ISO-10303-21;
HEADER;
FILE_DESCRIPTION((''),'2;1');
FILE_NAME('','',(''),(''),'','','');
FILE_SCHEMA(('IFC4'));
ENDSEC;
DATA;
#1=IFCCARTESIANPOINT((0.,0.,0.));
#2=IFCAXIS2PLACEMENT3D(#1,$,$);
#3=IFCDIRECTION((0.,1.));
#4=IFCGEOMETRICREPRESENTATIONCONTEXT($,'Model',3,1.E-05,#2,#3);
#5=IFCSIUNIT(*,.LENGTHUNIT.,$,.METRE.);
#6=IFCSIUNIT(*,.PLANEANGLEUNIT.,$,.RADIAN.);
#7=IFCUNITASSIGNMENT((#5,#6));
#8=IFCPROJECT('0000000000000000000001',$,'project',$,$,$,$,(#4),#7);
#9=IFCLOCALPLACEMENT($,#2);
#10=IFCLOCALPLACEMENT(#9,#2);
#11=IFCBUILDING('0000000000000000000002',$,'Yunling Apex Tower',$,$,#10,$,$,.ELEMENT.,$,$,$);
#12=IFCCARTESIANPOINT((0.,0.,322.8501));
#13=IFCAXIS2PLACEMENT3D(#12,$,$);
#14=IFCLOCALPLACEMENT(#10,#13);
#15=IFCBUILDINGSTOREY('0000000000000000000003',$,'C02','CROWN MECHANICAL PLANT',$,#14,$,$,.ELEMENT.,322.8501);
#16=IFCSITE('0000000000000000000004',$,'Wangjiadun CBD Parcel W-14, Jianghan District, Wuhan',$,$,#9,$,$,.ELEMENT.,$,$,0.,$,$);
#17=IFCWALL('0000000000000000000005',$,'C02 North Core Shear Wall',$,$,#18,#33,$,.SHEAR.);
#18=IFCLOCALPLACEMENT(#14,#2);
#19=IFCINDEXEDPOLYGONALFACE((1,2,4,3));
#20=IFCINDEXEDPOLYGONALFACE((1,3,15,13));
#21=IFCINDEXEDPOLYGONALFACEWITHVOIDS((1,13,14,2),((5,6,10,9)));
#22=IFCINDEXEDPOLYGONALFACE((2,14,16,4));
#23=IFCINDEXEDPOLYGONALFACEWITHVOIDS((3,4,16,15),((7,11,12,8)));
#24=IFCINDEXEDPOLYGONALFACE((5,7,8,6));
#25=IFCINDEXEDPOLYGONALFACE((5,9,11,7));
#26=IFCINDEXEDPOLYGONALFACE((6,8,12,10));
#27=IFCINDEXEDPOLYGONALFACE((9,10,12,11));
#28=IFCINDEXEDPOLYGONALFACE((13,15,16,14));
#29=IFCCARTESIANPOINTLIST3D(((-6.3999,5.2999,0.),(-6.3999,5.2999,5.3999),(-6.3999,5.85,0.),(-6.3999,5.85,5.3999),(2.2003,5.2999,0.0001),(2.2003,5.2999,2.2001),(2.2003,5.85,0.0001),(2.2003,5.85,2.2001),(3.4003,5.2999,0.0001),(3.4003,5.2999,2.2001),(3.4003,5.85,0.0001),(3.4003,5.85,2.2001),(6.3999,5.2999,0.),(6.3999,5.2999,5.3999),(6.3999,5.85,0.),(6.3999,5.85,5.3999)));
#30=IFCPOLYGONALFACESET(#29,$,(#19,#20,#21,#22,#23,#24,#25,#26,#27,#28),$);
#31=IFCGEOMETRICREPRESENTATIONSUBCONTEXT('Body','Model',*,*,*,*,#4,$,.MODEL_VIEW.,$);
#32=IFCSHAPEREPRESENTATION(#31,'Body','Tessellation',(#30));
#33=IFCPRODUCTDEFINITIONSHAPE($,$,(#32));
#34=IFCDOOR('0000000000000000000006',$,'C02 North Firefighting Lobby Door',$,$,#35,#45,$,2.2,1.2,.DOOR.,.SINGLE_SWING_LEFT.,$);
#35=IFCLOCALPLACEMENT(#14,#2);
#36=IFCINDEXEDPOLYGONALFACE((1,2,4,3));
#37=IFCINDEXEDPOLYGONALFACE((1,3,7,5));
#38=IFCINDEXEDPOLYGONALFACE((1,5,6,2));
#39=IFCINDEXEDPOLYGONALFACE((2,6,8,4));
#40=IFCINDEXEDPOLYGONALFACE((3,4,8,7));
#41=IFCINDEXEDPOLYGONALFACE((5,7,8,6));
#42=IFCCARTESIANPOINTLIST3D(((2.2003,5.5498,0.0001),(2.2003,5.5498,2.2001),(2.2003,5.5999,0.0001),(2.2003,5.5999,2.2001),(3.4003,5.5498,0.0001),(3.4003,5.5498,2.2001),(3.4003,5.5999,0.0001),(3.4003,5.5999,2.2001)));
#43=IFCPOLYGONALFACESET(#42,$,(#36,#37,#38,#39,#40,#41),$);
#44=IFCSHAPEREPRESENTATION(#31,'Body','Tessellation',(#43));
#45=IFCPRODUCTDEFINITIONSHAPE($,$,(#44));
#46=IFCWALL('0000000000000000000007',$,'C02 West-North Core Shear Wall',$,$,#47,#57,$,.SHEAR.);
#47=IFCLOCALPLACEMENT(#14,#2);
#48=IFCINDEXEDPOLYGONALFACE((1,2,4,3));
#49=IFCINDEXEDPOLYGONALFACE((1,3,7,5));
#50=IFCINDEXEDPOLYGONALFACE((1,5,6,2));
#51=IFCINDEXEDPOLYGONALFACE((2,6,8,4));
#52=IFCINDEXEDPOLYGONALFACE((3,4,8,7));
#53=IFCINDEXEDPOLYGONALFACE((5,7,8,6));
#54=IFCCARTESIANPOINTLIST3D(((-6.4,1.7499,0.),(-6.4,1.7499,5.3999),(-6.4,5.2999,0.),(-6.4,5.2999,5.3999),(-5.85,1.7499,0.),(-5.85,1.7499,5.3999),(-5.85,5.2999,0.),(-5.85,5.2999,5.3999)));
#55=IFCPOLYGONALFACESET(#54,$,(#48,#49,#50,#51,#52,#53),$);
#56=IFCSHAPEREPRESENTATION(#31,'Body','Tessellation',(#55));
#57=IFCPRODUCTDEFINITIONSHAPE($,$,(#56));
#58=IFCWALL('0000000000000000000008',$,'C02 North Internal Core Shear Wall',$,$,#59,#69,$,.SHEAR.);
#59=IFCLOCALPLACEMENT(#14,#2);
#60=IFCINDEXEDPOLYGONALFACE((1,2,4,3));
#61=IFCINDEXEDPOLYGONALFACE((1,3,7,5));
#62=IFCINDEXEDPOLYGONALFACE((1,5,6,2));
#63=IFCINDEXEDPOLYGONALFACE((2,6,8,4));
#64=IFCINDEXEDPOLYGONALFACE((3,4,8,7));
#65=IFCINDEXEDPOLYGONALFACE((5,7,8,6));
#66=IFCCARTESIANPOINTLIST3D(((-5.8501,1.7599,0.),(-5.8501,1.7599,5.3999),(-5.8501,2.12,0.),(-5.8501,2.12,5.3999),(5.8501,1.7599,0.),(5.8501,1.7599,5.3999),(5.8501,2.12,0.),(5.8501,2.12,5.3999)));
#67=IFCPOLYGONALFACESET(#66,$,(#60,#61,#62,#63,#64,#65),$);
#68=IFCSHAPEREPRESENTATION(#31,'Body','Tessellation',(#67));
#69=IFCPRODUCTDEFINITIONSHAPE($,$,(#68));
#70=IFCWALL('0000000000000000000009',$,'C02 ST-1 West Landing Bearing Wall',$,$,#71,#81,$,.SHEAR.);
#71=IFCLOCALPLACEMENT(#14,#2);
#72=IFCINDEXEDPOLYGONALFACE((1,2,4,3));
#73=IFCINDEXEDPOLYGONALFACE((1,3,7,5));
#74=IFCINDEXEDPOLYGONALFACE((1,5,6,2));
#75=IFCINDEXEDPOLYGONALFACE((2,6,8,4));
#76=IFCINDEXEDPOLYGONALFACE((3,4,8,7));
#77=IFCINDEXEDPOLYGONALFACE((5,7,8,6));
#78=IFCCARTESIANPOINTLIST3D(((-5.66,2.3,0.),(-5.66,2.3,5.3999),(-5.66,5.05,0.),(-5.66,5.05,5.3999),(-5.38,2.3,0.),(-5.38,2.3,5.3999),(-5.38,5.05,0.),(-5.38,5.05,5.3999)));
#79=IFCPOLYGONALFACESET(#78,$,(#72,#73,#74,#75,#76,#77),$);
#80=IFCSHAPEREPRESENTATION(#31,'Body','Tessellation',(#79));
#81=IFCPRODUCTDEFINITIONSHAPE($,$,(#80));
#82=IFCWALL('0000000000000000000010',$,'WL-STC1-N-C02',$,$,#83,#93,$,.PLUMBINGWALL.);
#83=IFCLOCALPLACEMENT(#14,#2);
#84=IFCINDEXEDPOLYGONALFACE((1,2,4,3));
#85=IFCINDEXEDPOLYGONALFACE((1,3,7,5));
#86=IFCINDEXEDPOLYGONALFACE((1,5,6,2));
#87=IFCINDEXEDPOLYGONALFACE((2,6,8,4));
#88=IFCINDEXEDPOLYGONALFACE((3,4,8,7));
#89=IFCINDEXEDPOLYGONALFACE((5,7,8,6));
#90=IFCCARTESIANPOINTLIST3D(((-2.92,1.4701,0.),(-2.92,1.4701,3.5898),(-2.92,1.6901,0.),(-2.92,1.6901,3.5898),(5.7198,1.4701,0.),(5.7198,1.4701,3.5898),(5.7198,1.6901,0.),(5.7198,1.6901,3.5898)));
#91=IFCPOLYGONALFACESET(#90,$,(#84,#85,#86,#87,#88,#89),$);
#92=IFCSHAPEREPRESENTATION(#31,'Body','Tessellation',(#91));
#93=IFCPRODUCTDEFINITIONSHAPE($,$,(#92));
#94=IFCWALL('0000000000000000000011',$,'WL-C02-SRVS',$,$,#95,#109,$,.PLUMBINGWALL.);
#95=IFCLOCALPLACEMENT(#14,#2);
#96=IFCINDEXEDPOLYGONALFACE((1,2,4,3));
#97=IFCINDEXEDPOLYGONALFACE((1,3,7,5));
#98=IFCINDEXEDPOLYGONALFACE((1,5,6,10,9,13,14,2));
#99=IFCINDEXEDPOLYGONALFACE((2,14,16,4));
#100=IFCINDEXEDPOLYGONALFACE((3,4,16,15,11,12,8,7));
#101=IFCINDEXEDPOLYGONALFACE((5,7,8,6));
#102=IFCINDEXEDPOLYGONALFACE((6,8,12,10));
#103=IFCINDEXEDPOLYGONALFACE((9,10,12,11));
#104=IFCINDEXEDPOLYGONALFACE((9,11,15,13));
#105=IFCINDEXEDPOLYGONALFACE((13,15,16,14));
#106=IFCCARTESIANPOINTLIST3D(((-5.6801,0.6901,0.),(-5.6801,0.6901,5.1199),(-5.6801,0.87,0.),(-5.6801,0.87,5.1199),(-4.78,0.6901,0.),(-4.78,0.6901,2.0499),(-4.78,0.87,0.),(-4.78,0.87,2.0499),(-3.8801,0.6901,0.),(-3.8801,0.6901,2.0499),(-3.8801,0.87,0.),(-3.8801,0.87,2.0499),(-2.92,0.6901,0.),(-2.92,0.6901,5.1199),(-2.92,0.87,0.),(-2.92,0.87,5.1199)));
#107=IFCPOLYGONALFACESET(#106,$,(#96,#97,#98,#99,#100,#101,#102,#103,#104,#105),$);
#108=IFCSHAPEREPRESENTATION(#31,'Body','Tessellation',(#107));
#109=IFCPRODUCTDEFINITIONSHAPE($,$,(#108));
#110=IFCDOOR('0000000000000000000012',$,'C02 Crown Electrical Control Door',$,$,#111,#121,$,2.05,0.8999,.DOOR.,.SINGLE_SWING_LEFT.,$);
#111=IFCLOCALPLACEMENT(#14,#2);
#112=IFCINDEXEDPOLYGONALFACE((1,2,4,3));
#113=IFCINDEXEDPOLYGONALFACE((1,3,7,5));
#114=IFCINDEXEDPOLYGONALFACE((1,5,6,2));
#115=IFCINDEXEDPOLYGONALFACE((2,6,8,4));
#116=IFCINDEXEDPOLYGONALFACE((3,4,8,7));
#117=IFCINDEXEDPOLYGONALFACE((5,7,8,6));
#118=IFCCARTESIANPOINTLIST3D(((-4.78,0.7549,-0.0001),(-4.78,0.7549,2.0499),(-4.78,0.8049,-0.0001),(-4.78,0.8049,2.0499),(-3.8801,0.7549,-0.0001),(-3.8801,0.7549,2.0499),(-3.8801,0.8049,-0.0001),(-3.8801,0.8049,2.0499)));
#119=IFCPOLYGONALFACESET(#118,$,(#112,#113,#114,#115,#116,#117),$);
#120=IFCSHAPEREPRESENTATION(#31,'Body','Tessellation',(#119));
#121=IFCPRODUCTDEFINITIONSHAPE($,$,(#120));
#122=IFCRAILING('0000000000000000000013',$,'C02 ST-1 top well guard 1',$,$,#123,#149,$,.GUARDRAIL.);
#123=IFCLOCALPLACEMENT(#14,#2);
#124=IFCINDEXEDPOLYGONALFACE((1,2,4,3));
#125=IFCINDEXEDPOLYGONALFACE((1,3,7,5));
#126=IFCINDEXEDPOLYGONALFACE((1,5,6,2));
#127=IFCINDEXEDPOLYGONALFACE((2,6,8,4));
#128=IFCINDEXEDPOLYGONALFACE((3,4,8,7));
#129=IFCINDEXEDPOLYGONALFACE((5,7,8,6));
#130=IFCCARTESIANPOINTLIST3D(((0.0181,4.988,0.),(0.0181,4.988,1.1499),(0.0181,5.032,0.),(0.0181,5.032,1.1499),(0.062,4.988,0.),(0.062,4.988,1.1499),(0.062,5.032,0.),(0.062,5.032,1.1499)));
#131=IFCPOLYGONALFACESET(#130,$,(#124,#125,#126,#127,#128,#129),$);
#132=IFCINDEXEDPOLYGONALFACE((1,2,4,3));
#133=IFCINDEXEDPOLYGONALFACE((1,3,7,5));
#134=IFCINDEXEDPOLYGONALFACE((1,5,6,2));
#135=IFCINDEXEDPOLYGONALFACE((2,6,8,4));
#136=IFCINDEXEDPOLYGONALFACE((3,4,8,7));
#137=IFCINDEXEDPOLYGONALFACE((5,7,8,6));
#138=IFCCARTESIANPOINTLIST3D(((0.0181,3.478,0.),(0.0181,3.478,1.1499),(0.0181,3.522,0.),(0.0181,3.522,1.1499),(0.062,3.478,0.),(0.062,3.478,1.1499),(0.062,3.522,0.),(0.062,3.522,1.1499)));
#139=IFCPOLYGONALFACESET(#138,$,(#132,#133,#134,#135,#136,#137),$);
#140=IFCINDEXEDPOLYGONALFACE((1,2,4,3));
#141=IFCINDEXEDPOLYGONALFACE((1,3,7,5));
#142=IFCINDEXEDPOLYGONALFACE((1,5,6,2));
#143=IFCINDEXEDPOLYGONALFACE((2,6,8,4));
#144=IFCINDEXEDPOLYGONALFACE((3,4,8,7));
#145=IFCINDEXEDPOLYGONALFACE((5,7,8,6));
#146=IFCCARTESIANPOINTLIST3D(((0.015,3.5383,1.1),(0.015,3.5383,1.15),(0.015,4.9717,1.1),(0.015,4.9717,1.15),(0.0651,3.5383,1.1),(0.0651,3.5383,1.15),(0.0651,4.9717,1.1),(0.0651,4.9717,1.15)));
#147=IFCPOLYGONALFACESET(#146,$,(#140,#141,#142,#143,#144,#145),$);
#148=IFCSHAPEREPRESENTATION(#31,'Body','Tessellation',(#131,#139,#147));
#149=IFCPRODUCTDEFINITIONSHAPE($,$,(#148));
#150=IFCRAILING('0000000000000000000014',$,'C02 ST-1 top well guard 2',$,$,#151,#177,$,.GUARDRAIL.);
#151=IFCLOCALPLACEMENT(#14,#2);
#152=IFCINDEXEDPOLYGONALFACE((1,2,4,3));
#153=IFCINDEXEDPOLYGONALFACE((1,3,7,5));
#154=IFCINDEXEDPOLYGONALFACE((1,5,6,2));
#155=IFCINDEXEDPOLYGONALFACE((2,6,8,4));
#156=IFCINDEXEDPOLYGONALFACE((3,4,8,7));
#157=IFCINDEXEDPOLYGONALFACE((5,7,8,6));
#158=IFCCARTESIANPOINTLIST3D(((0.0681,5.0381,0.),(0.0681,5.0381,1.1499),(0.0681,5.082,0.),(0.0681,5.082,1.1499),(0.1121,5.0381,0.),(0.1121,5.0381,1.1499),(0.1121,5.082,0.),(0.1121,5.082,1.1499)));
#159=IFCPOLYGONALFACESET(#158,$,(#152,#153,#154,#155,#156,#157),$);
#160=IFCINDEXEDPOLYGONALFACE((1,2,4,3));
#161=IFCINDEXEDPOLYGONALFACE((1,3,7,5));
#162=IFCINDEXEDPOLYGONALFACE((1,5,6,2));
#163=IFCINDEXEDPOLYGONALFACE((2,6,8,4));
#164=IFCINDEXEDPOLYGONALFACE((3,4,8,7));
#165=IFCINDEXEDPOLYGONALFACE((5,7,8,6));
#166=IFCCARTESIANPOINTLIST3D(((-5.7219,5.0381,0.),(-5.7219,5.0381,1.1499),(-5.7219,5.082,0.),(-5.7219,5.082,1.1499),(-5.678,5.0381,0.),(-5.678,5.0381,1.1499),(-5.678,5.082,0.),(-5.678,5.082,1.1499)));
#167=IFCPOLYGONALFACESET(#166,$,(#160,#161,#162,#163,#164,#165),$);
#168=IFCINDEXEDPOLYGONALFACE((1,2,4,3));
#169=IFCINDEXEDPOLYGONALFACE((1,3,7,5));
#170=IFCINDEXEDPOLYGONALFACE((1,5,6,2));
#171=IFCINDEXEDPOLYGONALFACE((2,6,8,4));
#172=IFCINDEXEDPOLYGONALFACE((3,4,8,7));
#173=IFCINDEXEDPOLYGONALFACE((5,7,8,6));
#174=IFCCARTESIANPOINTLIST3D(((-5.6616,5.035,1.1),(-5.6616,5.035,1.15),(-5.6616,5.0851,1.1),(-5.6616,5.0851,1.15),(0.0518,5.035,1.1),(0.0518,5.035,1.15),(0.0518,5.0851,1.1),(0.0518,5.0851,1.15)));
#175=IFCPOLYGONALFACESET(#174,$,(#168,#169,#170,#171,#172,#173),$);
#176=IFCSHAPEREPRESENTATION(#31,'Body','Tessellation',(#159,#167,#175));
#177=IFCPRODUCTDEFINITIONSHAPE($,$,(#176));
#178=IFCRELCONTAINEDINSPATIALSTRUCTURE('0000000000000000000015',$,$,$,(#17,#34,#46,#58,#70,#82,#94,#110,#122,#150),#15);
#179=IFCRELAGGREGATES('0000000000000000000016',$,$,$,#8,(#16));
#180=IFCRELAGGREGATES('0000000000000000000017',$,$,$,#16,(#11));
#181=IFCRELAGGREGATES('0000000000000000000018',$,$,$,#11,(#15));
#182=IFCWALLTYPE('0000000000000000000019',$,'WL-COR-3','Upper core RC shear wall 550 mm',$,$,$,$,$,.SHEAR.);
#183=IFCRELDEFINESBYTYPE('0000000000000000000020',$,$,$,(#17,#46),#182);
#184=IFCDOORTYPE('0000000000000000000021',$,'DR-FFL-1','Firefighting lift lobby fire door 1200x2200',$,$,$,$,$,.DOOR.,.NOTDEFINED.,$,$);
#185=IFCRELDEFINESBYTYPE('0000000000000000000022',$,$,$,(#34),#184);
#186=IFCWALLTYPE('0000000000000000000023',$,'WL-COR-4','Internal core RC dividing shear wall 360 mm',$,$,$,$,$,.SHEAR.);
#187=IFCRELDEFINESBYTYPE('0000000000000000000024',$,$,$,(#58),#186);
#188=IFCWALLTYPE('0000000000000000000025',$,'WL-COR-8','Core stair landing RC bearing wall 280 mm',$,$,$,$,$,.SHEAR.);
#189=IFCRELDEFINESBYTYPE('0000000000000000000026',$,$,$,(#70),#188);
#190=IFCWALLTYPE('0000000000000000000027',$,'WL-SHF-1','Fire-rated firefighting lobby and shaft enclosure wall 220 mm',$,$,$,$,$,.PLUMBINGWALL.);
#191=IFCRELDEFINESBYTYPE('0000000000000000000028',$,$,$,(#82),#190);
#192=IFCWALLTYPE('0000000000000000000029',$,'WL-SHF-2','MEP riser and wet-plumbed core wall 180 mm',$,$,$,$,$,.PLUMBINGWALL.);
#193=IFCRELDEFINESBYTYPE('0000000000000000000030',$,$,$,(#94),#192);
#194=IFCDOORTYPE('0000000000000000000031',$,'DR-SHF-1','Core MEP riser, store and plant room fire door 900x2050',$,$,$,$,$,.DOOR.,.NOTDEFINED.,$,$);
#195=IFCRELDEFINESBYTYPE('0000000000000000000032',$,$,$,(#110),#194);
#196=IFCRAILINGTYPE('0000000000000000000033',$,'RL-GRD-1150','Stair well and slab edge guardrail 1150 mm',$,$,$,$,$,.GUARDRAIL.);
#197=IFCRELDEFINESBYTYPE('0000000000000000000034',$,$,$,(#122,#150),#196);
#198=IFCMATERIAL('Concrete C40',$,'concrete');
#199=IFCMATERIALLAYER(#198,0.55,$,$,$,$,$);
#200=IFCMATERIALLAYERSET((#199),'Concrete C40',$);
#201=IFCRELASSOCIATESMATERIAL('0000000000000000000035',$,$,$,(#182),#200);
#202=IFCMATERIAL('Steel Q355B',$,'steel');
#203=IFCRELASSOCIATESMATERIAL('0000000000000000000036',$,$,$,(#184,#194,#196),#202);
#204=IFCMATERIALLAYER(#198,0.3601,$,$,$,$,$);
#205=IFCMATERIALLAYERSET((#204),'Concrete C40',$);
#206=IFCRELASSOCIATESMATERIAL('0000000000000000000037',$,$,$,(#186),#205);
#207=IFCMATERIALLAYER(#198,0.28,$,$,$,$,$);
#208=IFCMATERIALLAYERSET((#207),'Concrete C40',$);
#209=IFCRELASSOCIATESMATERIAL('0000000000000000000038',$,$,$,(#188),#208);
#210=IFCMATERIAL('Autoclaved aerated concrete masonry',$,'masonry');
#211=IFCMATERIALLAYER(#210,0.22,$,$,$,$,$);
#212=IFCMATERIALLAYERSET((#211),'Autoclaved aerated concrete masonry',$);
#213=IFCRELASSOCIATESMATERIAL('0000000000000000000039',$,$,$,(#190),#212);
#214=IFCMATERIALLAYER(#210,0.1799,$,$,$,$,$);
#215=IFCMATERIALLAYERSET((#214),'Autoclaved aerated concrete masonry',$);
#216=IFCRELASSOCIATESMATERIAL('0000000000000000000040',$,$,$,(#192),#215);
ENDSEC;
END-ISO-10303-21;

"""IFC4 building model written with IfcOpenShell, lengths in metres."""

from ifc_helpers import new_model, si_unit, direction, frame, frame_2d, origin, origin_2d, place, context, subcontext, project, spatial, rectangle, extrude, material, layer, layer_set, type_object, element, fill, save


model = new_model("IFC4")

# Units and contexts
model_context = context("Model", 3, precision=1e-05, world=origin(), true_north=direction((0.0, 1.0)))
body_context = subcontext(model_context, "Body", "Model", "MODEL_VIEW")
ifc_project = project(units=[si_unit("LENGTHUNIT", "METRE"), si_unit("PLANEANGLEUNIT", "RADIAN")], contexts=[model_context])

# Site, building, storey
site_placement = place(None, origin())
site = spatial("IfcSite", under=ifc_project, at=site_placement, Name="Wangjiadun CBD Parcel W-14, Jianghan District, Wuhan", CompositionType="ELEMENT", RefElevation=0.0)
building_placement = place(site_placement, origin())
building = spatial("IfcBuilding", under=site, at=building_placement, Name="Yunling Apex Tower", CompositionType="ELEMENT")
storey_placement = place(building_placement, frame((0.0, 0.0, 322.8501)))
storey = spatial("IfcBuildingStorey", under=building, at=storey_placement, Name="C02", Description="CROWN MECHANICAL PLANT", CompositionType="ELEMENT", Elevation=322.8501)

# Shared definitions
ifc_material_1 = material(Name="Steel Q355B", Category="steel")

# Shared definitions
ifc_material_2 = material(Name="Concrete C40", Category="concrete")

# Wall, opening, door
ifc_layer_1 = layer(ifc_material_2, 0.55)
ifc_layer_set_1 = layer_set([ifc_layer_1], Name="Concrete C40")
wall_type_1 = type_object("IfcWallType", Name="WL-COR-3", Description="Upper core RC shear wall 550 mm", PredefinedType="SHEAR", material=ifc_layer_set_1)
wall_1_placement = place(storey_placement, frame((-6.3999, 5.575, 0.0), z_axis=(0.0, 0.0, 1.0), x_axis=(1.0, 0.0, 0.0)))
wall_1 = element("IfcWall", 1, at=wall_1_placement, inside=storey, type_object=wall_type_1, Name="C02 North Core Shear Wall", PredefinedType="SHEAR", context=body_context, shape_type="SweptSolid", body=[
    extrude(rectangle(XDim=12.7998, YDim=0.55, at=frame_2d((6.3999, 0.0))), origin(), (0.0, 0.0, 1.0), 5.3999),
])
opening_1_placement = place(wall_1_placement, frame((8.6001, 0.0, 0.0)))
opening_1 = element("IfcOpeningElement", 2, at=opening_1_placement, cuts=wall_1, PredefinedType="OPENING", context=body_context, shape_type="SweptSolid", body=[
    extrude(rectangle(XDim=1.2, YDim=2.2, at=frame_2d((0.6001, 1.1001))), frame((0.0, 0.2852, 0.0), z_axis=(0.0, -1.0, 0.0), x_axis=(1.0, 0.0, 0.0)), (0.0, 0.0, 1.0), 0.5701),
])
door_type_1 = type_object("IfcDoorType", Name="DR-FFL-1", Description="Firefighting lift lobby fire door 1200x2200", OperationType="NOTDEFINED", PredefinedType="DOOR", material=ifc_material_1)
door_1_placement = place(opening_1_placement, origin())
door_1 = element("IfcDoor", 3, at=door_1_placement, inside=storey, type_object=door_type_1, Name="C02 North Firefighting Lobby Door", OperationType="SINGLE_SWING_LEFT", OverallHeight=2.2, OverallWidth=1.2, PredefinedType="DOOR", context=body_context, shape_type="SweptSolid", body=[
    extrude(rectangle(XDim=1.2, YDim=2.2, at=frame_2d((0.6001, 1.1001))), frame((0.0, 0.0249, 0.0), z_axis=(0.0, -1.0, 0.0), x_axis=(1.0, 0.0, 0.0)), (0.0, 0.0, 1.0), 0.05),
])
fill(opening_1, door_1)

# Walls
wall_2_placement = place(storey_placement, frame((-6.125, 1.75, 0.0), z_axis=(0.0, 0.0, 1.0), x_axis=(0.0, 1.0, 0.0)))
element("IfcWall", 4, at=wall_2_placement, inside=storey, type_object=wall_type_1, Name="C02 West-North Core Shear Wall", PredefinedType="SHEAR", context=body_context, shape_type="SweptSolid", body=[
    extrude(rectangle(XDim=3.55, YDim=0.55, at=frame_2d((1.7749, 0.0))), origin(), (0.0, 0.0, 1.0), 5.3999),
])
ifc_layer_2 = layer(ifc_material_2, 0.3601)
ifc_layer_set_2 = layer_set([ifc_layer_2], Name="Concrete C40")
wall_type_2 = type_object("IfcWallType", Name="WL-COR-4", Description="Internal core RC dividing shear wall 360 mm", PredefinedType="SHEAR", material=ifc_layer_set_2)
wall_3_placement = place(storey_placement, frame((-5.8501, 1.9399, 0.0), z_axis=(0.0, 0.0, 1.0), x_axis=(1.0, 0.0, 0.0)))
element("IfcWall", 5, at=wall_3_placement, inside=storey, type_object=wall_type_2, Name="C02 North Internal Core Shear Wall", PredefinedType="SHEAR", context=body_context, shape_type="SweptSolid", body=[
    extrude(rectangle(XDim=11.7002, YDim=0.3601, at=frame_2d((5.8501, 0.0))), origin(), (0.0, 0.0, 1.0), 5.3999),
])
ifc_layer_3 = layer(ifc_material_2, 0.28)
ifc_layer_set_3 = layer_set([ifc_layer_3], Name="Concrete C40")
wall_type_3 = type_object("IfcWallType", Name="WL-COR-8", Description="Core stair landing RC bearing wall 280 mm", PredefinedType="SHEAR", material=ifc_layer_set_3)
wall_4_placement = place(storey_placement, frame((-5.52, 2.3, 0.0), z_axis=(0.0, 0.0, 1.0), x_axis=(0.0, 1.0, 0.0)))
element("IfcWall", 6, at=wall_4_placement, inside=storey, type_object=wall_type_3, Name="C02 ST-1 West Landing Bearing Wall", PredefinedType="SHEAR", context=body_context, shape_type="SweptSolid", body=[
    extrude(rectangle(XDim=2.75, YDim=0.28, at=frame_2d((1.375, 0.0))), origin(), (0.0, 0.0, 1.0), 5.3999),
])
ifc_material_3 = material(Name="Autoclaved aerated concrete masonry", Category="masonry")
ifc_layer_4 = layer(ifc_material_3, 0.22)
ifc_layer_set_4 = layer_set([ifc_layer_4], Name="Autoclaved aerated concrete masonry")
wall_type_4 = type_object("IfcWallType", Name="WL-SHF-1", Description="Fire-rated firefighting lobby and shaft enclosure wall 220 mm", PredefinedType="PLUMBINGWALL", material=ifc_layer_set_4)
wall_5_placement = place(storey_placement, frame((-2.9199, 1.5801, 0.0), z_axis=(0.0, 0.0, 1.0), x_axis=(1.0, 0.0, 0.0)))
element("IfcWall", 7, at=wall_5_placement, inside=storey, type_object=wall_type_4, Name="WL-STC1-N-C02", PredefinedType="PLUMBINGWALL", context=body_context, shape_type="SweptSolid", body=[
    extrude(rectangle(XDim=8.6399, YDim=0.22, at=frame_2d((4.3198, 0.0))), origin(), (0.0, 0.0, 1.0), 3.5898),
])

# Wall, opening, door
ifc_layer_5 = layer(ifc_material_3, 0.1799)
ifc_layer_set_5 = layer_set([ifc_layer_5], Name="Autoclaved aerated concrete masonry")
wall_type_5 = type_object("IfcWallType", Name="WL-SHF-2", Description="MEP riser and wet-plumbed core wall 180 mm", PredefinedType="PLUMBINGWALL", material=ifc_layer_set_5)
wall_6_placement = place(storey_placement, frame((-5.6799, 0.78, 0.0), z_axis=(0.0, 0.0, 1.0), x_axis=(1.0, 0.0, 0.0)))
wall_6 = element("IfcWall", 8, at=wall_6_placement, inside=storey, type_object=wall_type_5, Name="WL-C02-SRVS", PredefinedType="PLUMBINGWALL", context=body_context, shape_type="SweptSolid", body=[
    extrude(rectangle(XDim=2.76, YDim=0.1799, at=frame_2d((1.3799, 0.0))), origin(), (0.0, 0.0, 1.0), 5.1199),
])
opening_2_placement = place(wall_6_placement, frame((0.8999, 0.0, 0.0)))
opening_2 = element("IfcOpeningElement", 9, at=opening_2_placement, cuts=wall_6, PredefinedType="OPENING", context=body_context, shape_type="SweptSolid", body=[
    extrude(rectangle(XDim=0.8999, YDim=2.05, at=frame_2d((0.45, 1.0249))), frame((0.0, 0.1001, 0.0), z_axis=(0.0, -1.0, 0.0), x_axis=(1.0, 0.0, 0.0)), (0.0, 0.0, 1.0), 0.2),
])
door_type_2 = type_object("IfcDoorType", Name="DR-SHF-1", Description="Core MEP riser, store and plant room fire door 900x2050", OperationType="NOTDEFINED", PredefinedType="DOOR", material=ifc_material_1)
door_2_placement = place(opening_2_placement, origin())
door_2 = element("IfcDoor", 10, at=door_2_placement, inside=storey, type_object=door_type_2, Name="C02 Crown Electrical Control Door", OperationType="SINGLE_SWING_LEFT", OverallHeight=2.05, OverallWidth=0.8999, PredefinedType="DOOR", context=body_context, shape_type="SweptSolid", body=[
    extrude(rectangle(XDim=0.8999, YDim=2.05, at=frame_2d((0.45, 1.0249))), frame((0.0, 0.0249, 0.0), z_axis=(0.0, -1.0, 0.0), x_axis=(1.0, 0.0, 0.0)), (0.0, 0.0, 1.0), 0.05),
])
fill(opening_2, door_2)

# Railings
railing_type = type_object("IfcRailingType", Name="RL-GRD-1150", Description="Stair well and slab edge guardrail 1150 mm", PredefinedType="GUARDRAIL", material=ifc_material_1)
railing_1_placement = place(storey_placement, frame((0.04, 5.01, 0.0)))
element("IfcRailing", 11, at=railing_1_placement, inside=storey, type_object=railing_type, Name="C02 ST-1 top well guard 1", PredefinedType="GUARDRAIL", context=body_context, shape_type="SweptSolid", body=[
    extrude(rectangle(XDim=0.0439, YDim=0.0439, at=origin_2d()), origin(), (0.0, 0.0, 1.0), 1.1499),
    extrude(rectangle(XDim=0.0439, YDim=0.0439, at=origin_2d()), frame((0.0, -1.51, 0.0)), (0.0, 0.0, 1.0), 1.1499),
    extrude(rectangle(XDim=0.05, YDim=0.05, at=origin_2d()), frame((0.0, -0.0383, 1.125), z_axis=(0.0, -1.0, 0.0), x_axis=(1.0, 0.0, 0.0)), (0.0, 0.0, 1.0), 1.4333),
])
railing_2_placement = place(storey_placement, frame((0.0901, 5.0601, 0.0)))
element("IfcRailing", 12, at=railing_2_placement, inside=storey, type_object=railing_type, Name="C02 ST-1 top well guard 2", PredefinedType="GUARDRAIL", context=body_context, shape_type="SweptSolid", body=[
    extrude(rectangle(XDim=0.0439, YDim=0.0439, at=origin_2d()), origin(), (0.0, 0.0, 1.0), 1.1499),
    extrude(rectangle(XDim=0.0439, YDim=0.0439, at=origin_2d()), frame((-5.79, 0.0, 0.0)), (0.0, 0.0, 1.0), 1.1499),
    extrude(rectangle(XDim=0.05, YDim=0.05, at=origin_2d()), frame((-0.0383, 0.0, 1.125), z_axis=(-1.0, 0.0, 0.0), x_axis=(0.0, -1.0, 0.0)), (0.0, 0.0, 1.0), 5.7134),
])

save(model, "model.ifc")
